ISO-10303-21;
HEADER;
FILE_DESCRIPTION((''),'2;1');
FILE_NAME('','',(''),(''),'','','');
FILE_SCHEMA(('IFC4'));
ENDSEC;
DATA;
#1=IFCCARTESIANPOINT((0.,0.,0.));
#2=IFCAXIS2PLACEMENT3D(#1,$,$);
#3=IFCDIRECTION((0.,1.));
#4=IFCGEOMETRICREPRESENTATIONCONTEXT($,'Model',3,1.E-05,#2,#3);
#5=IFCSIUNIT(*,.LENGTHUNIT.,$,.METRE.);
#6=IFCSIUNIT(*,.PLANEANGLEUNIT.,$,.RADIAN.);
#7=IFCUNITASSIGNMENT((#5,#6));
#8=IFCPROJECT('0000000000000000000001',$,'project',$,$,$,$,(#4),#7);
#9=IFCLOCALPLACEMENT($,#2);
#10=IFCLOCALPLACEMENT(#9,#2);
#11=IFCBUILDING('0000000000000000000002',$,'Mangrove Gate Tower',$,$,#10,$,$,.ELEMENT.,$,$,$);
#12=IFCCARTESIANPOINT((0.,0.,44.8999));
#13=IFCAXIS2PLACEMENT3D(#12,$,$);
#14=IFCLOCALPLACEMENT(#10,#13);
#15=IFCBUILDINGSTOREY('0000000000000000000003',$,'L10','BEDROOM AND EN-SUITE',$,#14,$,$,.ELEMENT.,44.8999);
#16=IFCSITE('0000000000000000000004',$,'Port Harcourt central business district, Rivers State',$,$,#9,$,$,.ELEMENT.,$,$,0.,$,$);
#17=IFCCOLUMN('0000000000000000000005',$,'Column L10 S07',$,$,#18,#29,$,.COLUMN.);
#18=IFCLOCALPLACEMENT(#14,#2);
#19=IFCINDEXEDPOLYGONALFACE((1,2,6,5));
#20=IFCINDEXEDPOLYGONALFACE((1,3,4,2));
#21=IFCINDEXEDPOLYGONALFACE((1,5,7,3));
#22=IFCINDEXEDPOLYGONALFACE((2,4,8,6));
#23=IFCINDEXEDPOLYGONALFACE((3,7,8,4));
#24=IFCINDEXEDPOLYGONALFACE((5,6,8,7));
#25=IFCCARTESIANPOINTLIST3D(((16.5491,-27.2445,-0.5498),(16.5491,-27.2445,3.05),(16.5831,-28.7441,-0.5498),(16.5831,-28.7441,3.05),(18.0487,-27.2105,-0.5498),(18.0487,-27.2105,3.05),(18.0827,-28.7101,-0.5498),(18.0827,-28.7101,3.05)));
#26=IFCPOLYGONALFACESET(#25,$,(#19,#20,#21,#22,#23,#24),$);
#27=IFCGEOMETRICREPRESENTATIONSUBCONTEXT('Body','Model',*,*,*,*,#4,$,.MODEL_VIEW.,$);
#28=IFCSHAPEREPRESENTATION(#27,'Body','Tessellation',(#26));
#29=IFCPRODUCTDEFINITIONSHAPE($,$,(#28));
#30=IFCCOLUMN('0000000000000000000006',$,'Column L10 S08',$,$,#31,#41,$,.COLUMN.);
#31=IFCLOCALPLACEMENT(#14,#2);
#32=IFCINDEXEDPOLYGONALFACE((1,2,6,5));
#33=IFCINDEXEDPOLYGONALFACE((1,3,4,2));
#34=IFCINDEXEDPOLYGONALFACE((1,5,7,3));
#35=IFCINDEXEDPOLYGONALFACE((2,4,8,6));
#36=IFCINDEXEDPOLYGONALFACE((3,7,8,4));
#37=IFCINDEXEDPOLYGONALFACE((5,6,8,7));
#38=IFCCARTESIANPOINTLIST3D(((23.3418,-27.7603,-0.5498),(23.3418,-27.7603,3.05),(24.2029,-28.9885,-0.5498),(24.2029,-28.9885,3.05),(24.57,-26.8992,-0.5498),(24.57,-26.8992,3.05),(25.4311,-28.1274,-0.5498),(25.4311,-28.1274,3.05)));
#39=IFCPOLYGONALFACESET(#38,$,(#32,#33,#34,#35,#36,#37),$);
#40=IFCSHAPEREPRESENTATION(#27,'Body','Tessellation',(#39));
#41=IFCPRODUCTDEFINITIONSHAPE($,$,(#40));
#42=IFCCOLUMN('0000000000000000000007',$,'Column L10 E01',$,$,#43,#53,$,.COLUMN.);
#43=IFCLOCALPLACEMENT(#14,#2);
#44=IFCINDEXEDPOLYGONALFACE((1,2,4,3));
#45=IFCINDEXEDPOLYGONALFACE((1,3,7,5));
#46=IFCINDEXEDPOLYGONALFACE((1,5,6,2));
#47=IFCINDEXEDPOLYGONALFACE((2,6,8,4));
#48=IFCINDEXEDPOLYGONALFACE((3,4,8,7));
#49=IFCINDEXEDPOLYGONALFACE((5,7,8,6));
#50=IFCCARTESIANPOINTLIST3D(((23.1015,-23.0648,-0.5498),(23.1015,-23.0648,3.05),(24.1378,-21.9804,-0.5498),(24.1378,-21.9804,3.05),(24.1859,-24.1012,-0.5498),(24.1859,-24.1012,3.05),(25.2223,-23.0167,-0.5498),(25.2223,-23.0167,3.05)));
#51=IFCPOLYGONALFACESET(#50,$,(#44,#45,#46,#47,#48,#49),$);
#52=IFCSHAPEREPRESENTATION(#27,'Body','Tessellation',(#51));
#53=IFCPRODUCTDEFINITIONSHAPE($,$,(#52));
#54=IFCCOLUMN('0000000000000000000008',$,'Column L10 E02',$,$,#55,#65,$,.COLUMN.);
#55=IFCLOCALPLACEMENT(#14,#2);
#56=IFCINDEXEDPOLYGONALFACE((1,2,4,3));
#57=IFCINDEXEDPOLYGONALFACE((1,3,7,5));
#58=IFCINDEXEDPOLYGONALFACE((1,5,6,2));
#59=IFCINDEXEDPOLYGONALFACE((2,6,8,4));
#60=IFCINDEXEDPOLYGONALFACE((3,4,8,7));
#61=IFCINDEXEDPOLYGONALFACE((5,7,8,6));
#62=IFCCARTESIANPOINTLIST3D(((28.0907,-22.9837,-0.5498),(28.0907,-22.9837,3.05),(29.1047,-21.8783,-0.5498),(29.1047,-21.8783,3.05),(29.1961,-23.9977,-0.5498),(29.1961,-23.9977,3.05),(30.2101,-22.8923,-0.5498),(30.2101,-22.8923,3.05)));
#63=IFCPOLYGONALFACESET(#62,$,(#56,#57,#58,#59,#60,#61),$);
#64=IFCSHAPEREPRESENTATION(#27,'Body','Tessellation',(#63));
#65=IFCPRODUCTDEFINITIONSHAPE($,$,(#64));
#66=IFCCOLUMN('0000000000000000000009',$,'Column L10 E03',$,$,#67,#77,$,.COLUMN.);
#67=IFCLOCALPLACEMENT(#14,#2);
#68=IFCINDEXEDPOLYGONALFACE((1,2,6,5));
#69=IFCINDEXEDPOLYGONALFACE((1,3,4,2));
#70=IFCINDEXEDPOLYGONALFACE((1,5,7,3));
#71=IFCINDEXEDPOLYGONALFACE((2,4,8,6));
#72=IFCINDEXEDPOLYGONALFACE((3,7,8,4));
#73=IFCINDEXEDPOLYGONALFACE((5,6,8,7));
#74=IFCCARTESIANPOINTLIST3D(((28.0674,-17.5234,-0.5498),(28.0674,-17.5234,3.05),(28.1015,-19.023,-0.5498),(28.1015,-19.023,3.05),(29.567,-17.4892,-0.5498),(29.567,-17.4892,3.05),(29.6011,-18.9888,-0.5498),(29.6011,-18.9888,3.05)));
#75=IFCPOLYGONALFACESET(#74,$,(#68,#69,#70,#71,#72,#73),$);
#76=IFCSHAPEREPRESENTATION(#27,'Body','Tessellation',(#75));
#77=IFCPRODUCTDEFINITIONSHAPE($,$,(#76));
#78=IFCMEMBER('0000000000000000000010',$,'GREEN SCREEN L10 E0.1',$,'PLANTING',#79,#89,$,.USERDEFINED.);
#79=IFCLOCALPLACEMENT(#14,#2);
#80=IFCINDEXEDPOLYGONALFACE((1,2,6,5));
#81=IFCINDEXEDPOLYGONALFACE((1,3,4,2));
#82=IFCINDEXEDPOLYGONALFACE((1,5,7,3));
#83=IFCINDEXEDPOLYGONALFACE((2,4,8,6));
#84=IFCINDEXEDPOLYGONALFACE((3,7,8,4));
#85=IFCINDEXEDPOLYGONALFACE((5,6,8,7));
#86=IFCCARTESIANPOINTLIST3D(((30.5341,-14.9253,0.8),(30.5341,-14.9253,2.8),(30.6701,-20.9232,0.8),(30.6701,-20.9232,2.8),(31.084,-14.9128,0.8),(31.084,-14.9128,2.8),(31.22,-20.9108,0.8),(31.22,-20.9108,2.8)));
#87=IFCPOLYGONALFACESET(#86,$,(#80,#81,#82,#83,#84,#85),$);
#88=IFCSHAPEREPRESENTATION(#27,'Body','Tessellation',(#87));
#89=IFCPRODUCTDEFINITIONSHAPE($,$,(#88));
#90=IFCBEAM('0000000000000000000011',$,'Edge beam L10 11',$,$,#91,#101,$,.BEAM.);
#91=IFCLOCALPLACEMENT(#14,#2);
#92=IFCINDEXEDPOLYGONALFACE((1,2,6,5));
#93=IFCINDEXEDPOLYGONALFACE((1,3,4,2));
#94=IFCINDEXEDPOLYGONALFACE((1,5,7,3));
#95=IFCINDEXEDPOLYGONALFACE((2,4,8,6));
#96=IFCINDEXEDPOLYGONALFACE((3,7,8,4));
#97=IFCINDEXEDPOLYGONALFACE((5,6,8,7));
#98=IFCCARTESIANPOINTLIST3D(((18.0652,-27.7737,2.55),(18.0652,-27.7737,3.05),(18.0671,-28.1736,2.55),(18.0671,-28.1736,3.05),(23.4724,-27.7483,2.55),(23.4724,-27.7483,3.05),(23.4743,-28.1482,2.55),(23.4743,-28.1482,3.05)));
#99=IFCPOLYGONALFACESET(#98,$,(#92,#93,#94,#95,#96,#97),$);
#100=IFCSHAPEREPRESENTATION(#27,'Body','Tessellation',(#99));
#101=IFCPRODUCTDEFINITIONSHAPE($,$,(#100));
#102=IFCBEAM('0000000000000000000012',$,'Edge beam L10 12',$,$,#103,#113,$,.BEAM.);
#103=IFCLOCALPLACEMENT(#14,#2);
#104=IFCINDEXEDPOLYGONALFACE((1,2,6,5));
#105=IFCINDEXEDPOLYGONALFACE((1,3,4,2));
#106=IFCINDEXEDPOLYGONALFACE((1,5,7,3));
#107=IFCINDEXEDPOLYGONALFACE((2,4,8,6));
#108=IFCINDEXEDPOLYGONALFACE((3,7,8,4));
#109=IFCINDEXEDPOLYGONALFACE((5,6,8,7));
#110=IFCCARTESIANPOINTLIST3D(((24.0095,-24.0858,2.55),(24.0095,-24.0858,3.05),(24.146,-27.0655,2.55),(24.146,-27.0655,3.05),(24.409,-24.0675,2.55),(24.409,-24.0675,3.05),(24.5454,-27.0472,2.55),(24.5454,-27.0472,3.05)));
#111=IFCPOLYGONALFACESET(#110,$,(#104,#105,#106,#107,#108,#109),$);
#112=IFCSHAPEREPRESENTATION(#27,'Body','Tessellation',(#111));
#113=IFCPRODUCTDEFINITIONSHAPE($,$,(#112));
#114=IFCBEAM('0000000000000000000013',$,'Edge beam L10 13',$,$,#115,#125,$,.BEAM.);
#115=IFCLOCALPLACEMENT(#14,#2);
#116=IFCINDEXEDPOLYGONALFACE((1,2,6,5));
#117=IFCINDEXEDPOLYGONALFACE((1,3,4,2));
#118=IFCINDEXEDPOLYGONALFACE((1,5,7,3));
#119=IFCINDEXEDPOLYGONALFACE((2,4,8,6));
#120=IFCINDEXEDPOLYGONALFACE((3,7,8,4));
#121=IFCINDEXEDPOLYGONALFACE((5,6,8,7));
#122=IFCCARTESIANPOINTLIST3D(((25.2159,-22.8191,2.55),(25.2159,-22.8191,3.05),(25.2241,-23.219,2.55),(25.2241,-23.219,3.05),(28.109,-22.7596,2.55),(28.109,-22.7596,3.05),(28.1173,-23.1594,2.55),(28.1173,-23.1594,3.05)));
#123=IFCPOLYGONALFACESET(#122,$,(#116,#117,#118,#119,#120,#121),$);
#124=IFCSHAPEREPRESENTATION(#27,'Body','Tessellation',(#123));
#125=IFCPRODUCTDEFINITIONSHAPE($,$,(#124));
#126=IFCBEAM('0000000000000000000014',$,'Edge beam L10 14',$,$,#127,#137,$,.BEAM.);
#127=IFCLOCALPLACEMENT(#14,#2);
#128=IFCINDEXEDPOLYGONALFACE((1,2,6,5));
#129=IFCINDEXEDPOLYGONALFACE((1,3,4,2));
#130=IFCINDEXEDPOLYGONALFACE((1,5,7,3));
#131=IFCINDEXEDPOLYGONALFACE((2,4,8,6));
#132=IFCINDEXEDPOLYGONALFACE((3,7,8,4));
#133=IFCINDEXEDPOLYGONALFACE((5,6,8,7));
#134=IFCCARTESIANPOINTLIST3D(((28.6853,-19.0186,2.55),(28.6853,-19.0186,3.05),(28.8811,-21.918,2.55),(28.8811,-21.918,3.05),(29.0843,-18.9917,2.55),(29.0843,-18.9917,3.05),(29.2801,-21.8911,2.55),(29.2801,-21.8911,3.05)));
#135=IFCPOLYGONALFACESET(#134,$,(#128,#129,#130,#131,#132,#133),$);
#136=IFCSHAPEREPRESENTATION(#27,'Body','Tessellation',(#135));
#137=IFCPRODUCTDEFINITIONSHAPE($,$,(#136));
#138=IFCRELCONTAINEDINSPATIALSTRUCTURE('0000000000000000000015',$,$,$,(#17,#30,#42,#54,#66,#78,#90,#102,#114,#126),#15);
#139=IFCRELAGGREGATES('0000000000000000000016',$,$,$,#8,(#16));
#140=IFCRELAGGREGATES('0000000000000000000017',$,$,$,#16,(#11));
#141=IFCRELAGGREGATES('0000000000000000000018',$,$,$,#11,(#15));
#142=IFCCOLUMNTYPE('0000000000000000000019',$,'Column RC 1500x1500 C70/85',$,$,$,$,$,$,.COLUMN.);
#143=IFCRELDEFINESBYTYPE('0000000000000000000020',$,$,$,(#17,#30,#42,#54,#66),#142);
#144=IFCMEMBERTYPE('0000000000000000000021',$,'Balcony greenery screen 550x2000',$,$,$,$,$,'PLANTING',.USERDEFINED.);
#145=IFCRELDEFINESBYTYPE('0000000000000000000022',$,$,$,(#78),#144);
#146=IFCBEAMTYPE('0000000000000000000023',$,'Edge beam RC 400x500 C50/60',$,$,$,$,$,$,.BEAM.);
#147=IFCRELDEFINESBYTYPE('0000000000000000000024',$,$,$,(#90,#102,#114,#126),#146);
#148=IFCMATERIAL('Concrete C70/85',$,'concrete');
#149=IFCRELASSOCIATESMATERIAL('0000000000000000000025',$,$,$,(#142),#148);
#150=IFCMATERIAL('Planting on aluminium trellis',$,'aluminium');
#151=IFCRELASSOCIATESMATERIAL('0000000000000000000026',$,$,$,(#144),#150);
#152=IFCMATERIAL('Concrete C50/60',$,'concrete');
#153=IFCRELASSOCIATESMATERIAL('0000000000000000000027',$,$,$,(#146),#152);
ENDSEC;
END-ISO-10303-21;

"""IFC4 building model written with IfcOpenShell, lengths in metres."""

from ifc_helpers import new_model, si_unit, direction, frame, origin, origin_2d, place, context, subcontext, project, spatial, rectangle, extrude, material, material_profile, profile_set, type_object, element, save


model = new_model("IFC4")

# Units and contexts
model_context = context("Model", 3, precision=1e-05, world=origin(), true_north=direction((0.0, 1.0)))
body_context = subcontext(model_context, "Body", "Model", "MODEL_VIEW")
ifc_project = project(units=[si_unit("LENGTHUNIT", "METRE"), si_unit("PLANEANGLEUNIT", "RADIAN")], contexts=[model_context])

# Site, building, storey
site_placement = place(None, origin())
site = spatial("IfcSite", under=ifc_project, at=site_placement, Name="Port Harcourt central business district, Rivers State", CompositionType="ELEMENT", RefElevation=0.0)
building_placement = place(site_placement, origin())
building = spatial("IfcBuilding", under=site, at=building_placement, Name="Mangrove Gate Tower", CompositionType="ELEMENT")
storey_placement = place(building_placement, frame((0.0, 0.0, 44.8999)))
storey = spatial("IfcBuildingStorey", under=building, at=storey_placement, Name="L10", Description="BEDROOM AND EN-SUITE", CompositionType="ELEMENT", Elevation=44.8999)

# Columns
ifc_material_1 = material(Name="Concrete C70/85", Category="concrete")
ifc_material_profile_1 = material_profile(ifc_material_1, rectangle(XDim=1.5, YDim=1.5, at=origin_2d()))
ifc_profile_set_1 = profile_set([ifc_material_profile_1], Name="Concrete C70/85")
column_type = type_object("IfcColumnType", Name="Column RC 1500x1500 C70/85", PredefinedType="COLUMN", material=ifc_profile_set_1)
for number, where, z_axis, x_axis, name in (
    (1, (17.3159, -27.9773, -0.5498), (0.0, 0.0, 1.0), (0.999744, 0.022644, 0.0), "Column L10 S07"),
    (2, (24.3865, -27.9438, -0.5498), (0.0, 0.0, 1.0), (0.818799, 0.574081, 0.0), "Column L10 S08"),
    (3, (24.1619, -23.0408, -0.5498), (0.0, 0.0, 1.0), (0.690876, 0.722973, 0.0), "Column L10 E01"),
    (4, (29.1504, -22.938, -0.5498), (0.0, 0.0, 1.0), (0.675975, 0.736924, 0.0), "Column L10 E02"),
    (5, (28.8342, -18.2561, -0.5498), (0.0, 0.0, 1.0), (-0.022754, 0.999741, 0.0), "Column L10 E03"),
):
    element("IfcColumn", number, at=place(storey_placement, frame(where, z_axis=z_axis, x_axis=x_axis)), inside=storey, type_object=column_type, Name=name, PredefinedType="COLUMN", context=body_context, shape_type="SweptSolid", body=[
        extrude(rectangle(XDim=1.5, YDim=1.5, at=origin_2d()), origin(), (0.0, 0.0, 1.0), 3.5999),
    ])

# Member
ifc_material_2 = material(Name="Planting on aluminium trellis", Category="aluminium")
ifc_material_profile_2 = material_profile(ifc_material_2, rectangle(XDim=0.55, YDim=2.0, at=origin_2d()))
ifc_profile_set_2 = profile_set([ifc_material_profile_2], Name="Planting on aluminium trellis")
member_type = type_object("IfcMemberType", Name="Balcony greenery screen 550x2000", ElementType="PLANTING", PredefinedType="USERDEFINED", material=ifc_profile_set_2)
member_placement = place(storey_placement, frame((30.9451, -20.917, 1.8), z_axis=(-0.022666, 0.999743, 0.0), x_axis=(-0.999743, -0.022666, 0.0)))
element("IfcMember", 6, at=member_placement, inside=storey, type_object=member_type, Name="GREEN SCREEN L10 E0.1", ObjectType="PLANTING", PredefinedType="USERDEFINED", context=body_context, shape_type="SweptSolid", body=[
    extrude(rectangle(XDim=0.55, YDim=2.0, at=origin_2d()), origin(), (0.0, 0.0, 1.0), 5.9995),
])

# Beams
ifc_material_3 = material(Name="Concrete C50/60", Category="concrete")
ifc_material_profile_3 = material_profile(ifc_material_3, rectangle(XDim=0.3999, YDim=0.5, at=origin_2d()))
ifc_profile_set_3 = profile_set([ifc_material_profile_3], Name="Concrete C50/60")
beam_type = type_object("IfcBeamType", Name="Edge beam RC 400x500 C50/60", PredefinedType="BEAM", material=ifc_profile_set_3)
beam_1_placement = place(storey_placement, frame((18.0662, -27.9736, 2.8), z_axis=(0.999989, 0.004696, 0.0), x_axis=(-0.004696, 0.999989, 0.0)))
element("IfcBeam", 7, at=beam_1_placement, inside=storey, type_object=beam_type, Name="Edge beam L10 11", PredefinedType="BEAM", context=body_context, shape_type="SweptSolid", body=[
    extrude(rectangle(XDim=0.3999, YDim=0.5, at=origin_2d()), origin(), (0.0, 0.0, 1.0), 5.4072),
])
beam_2_placement = place(storey_placement, frame((24.3457, -27.0564, 2.8), z_axis=(-0.045753, 0.998953, 0.0), x_axis=(-0.998953, -0.045753, 0.0)))
element("IfcBeam", 8, at=beam_2_placement, inside=storey, type_object=beam_type, Name="Edge beam L10 12", PredefinedType="BEAM", context=body_context, shape_type="SweptSolid", body=[
    extrude(rectangle(XDim=0.3999, YDim=0.5, at=origin_2d()), origin(), (0.0, 0.0, 1.0), 2.9829),
])
beam_3_placement = place(storey_placement, frame((25.22, -23.019, 2.8), z_axis=(0.999788, 0.020586, 0.0), x_axis=(-0.020586, 0.999788, 0.0)))
element("IfcBeam", 9, at=beam_3_placement, inside=storey, type_object=beam_type, Name="Edge beam L10 13", PredefinedType="BEAM", context=body_context, shape_type="SweptSolid", body=[
    extrude(rectangle(XDim=0.3999, YDim=0.5, at=origin_2d()), origin(), (0.0, 0.0, 1.0), 2.8938),
])
beam_4_placement = place(storey_placement, frame((29.0806, -21.9045, 2.8), z_axis=(-0.067378, 0.997728, 0.0), x_axis=(-0.997728, -0.067378, 0.0)))
element("IfcBeam", 10, at=beam_4_placement, inside=storey, type_object=beam_type, Name="Edge beam L10 14", PredefinedType="BEAM", context=body_context, shape_type="SweptSolid", body=[
    extrude(rectangle(XDim=0.3999, YDim=0.5, at=origin_2d()), origin(), (0.0, 0.0, 1.0), 2.906),
])

save(model, "model.ifc")
